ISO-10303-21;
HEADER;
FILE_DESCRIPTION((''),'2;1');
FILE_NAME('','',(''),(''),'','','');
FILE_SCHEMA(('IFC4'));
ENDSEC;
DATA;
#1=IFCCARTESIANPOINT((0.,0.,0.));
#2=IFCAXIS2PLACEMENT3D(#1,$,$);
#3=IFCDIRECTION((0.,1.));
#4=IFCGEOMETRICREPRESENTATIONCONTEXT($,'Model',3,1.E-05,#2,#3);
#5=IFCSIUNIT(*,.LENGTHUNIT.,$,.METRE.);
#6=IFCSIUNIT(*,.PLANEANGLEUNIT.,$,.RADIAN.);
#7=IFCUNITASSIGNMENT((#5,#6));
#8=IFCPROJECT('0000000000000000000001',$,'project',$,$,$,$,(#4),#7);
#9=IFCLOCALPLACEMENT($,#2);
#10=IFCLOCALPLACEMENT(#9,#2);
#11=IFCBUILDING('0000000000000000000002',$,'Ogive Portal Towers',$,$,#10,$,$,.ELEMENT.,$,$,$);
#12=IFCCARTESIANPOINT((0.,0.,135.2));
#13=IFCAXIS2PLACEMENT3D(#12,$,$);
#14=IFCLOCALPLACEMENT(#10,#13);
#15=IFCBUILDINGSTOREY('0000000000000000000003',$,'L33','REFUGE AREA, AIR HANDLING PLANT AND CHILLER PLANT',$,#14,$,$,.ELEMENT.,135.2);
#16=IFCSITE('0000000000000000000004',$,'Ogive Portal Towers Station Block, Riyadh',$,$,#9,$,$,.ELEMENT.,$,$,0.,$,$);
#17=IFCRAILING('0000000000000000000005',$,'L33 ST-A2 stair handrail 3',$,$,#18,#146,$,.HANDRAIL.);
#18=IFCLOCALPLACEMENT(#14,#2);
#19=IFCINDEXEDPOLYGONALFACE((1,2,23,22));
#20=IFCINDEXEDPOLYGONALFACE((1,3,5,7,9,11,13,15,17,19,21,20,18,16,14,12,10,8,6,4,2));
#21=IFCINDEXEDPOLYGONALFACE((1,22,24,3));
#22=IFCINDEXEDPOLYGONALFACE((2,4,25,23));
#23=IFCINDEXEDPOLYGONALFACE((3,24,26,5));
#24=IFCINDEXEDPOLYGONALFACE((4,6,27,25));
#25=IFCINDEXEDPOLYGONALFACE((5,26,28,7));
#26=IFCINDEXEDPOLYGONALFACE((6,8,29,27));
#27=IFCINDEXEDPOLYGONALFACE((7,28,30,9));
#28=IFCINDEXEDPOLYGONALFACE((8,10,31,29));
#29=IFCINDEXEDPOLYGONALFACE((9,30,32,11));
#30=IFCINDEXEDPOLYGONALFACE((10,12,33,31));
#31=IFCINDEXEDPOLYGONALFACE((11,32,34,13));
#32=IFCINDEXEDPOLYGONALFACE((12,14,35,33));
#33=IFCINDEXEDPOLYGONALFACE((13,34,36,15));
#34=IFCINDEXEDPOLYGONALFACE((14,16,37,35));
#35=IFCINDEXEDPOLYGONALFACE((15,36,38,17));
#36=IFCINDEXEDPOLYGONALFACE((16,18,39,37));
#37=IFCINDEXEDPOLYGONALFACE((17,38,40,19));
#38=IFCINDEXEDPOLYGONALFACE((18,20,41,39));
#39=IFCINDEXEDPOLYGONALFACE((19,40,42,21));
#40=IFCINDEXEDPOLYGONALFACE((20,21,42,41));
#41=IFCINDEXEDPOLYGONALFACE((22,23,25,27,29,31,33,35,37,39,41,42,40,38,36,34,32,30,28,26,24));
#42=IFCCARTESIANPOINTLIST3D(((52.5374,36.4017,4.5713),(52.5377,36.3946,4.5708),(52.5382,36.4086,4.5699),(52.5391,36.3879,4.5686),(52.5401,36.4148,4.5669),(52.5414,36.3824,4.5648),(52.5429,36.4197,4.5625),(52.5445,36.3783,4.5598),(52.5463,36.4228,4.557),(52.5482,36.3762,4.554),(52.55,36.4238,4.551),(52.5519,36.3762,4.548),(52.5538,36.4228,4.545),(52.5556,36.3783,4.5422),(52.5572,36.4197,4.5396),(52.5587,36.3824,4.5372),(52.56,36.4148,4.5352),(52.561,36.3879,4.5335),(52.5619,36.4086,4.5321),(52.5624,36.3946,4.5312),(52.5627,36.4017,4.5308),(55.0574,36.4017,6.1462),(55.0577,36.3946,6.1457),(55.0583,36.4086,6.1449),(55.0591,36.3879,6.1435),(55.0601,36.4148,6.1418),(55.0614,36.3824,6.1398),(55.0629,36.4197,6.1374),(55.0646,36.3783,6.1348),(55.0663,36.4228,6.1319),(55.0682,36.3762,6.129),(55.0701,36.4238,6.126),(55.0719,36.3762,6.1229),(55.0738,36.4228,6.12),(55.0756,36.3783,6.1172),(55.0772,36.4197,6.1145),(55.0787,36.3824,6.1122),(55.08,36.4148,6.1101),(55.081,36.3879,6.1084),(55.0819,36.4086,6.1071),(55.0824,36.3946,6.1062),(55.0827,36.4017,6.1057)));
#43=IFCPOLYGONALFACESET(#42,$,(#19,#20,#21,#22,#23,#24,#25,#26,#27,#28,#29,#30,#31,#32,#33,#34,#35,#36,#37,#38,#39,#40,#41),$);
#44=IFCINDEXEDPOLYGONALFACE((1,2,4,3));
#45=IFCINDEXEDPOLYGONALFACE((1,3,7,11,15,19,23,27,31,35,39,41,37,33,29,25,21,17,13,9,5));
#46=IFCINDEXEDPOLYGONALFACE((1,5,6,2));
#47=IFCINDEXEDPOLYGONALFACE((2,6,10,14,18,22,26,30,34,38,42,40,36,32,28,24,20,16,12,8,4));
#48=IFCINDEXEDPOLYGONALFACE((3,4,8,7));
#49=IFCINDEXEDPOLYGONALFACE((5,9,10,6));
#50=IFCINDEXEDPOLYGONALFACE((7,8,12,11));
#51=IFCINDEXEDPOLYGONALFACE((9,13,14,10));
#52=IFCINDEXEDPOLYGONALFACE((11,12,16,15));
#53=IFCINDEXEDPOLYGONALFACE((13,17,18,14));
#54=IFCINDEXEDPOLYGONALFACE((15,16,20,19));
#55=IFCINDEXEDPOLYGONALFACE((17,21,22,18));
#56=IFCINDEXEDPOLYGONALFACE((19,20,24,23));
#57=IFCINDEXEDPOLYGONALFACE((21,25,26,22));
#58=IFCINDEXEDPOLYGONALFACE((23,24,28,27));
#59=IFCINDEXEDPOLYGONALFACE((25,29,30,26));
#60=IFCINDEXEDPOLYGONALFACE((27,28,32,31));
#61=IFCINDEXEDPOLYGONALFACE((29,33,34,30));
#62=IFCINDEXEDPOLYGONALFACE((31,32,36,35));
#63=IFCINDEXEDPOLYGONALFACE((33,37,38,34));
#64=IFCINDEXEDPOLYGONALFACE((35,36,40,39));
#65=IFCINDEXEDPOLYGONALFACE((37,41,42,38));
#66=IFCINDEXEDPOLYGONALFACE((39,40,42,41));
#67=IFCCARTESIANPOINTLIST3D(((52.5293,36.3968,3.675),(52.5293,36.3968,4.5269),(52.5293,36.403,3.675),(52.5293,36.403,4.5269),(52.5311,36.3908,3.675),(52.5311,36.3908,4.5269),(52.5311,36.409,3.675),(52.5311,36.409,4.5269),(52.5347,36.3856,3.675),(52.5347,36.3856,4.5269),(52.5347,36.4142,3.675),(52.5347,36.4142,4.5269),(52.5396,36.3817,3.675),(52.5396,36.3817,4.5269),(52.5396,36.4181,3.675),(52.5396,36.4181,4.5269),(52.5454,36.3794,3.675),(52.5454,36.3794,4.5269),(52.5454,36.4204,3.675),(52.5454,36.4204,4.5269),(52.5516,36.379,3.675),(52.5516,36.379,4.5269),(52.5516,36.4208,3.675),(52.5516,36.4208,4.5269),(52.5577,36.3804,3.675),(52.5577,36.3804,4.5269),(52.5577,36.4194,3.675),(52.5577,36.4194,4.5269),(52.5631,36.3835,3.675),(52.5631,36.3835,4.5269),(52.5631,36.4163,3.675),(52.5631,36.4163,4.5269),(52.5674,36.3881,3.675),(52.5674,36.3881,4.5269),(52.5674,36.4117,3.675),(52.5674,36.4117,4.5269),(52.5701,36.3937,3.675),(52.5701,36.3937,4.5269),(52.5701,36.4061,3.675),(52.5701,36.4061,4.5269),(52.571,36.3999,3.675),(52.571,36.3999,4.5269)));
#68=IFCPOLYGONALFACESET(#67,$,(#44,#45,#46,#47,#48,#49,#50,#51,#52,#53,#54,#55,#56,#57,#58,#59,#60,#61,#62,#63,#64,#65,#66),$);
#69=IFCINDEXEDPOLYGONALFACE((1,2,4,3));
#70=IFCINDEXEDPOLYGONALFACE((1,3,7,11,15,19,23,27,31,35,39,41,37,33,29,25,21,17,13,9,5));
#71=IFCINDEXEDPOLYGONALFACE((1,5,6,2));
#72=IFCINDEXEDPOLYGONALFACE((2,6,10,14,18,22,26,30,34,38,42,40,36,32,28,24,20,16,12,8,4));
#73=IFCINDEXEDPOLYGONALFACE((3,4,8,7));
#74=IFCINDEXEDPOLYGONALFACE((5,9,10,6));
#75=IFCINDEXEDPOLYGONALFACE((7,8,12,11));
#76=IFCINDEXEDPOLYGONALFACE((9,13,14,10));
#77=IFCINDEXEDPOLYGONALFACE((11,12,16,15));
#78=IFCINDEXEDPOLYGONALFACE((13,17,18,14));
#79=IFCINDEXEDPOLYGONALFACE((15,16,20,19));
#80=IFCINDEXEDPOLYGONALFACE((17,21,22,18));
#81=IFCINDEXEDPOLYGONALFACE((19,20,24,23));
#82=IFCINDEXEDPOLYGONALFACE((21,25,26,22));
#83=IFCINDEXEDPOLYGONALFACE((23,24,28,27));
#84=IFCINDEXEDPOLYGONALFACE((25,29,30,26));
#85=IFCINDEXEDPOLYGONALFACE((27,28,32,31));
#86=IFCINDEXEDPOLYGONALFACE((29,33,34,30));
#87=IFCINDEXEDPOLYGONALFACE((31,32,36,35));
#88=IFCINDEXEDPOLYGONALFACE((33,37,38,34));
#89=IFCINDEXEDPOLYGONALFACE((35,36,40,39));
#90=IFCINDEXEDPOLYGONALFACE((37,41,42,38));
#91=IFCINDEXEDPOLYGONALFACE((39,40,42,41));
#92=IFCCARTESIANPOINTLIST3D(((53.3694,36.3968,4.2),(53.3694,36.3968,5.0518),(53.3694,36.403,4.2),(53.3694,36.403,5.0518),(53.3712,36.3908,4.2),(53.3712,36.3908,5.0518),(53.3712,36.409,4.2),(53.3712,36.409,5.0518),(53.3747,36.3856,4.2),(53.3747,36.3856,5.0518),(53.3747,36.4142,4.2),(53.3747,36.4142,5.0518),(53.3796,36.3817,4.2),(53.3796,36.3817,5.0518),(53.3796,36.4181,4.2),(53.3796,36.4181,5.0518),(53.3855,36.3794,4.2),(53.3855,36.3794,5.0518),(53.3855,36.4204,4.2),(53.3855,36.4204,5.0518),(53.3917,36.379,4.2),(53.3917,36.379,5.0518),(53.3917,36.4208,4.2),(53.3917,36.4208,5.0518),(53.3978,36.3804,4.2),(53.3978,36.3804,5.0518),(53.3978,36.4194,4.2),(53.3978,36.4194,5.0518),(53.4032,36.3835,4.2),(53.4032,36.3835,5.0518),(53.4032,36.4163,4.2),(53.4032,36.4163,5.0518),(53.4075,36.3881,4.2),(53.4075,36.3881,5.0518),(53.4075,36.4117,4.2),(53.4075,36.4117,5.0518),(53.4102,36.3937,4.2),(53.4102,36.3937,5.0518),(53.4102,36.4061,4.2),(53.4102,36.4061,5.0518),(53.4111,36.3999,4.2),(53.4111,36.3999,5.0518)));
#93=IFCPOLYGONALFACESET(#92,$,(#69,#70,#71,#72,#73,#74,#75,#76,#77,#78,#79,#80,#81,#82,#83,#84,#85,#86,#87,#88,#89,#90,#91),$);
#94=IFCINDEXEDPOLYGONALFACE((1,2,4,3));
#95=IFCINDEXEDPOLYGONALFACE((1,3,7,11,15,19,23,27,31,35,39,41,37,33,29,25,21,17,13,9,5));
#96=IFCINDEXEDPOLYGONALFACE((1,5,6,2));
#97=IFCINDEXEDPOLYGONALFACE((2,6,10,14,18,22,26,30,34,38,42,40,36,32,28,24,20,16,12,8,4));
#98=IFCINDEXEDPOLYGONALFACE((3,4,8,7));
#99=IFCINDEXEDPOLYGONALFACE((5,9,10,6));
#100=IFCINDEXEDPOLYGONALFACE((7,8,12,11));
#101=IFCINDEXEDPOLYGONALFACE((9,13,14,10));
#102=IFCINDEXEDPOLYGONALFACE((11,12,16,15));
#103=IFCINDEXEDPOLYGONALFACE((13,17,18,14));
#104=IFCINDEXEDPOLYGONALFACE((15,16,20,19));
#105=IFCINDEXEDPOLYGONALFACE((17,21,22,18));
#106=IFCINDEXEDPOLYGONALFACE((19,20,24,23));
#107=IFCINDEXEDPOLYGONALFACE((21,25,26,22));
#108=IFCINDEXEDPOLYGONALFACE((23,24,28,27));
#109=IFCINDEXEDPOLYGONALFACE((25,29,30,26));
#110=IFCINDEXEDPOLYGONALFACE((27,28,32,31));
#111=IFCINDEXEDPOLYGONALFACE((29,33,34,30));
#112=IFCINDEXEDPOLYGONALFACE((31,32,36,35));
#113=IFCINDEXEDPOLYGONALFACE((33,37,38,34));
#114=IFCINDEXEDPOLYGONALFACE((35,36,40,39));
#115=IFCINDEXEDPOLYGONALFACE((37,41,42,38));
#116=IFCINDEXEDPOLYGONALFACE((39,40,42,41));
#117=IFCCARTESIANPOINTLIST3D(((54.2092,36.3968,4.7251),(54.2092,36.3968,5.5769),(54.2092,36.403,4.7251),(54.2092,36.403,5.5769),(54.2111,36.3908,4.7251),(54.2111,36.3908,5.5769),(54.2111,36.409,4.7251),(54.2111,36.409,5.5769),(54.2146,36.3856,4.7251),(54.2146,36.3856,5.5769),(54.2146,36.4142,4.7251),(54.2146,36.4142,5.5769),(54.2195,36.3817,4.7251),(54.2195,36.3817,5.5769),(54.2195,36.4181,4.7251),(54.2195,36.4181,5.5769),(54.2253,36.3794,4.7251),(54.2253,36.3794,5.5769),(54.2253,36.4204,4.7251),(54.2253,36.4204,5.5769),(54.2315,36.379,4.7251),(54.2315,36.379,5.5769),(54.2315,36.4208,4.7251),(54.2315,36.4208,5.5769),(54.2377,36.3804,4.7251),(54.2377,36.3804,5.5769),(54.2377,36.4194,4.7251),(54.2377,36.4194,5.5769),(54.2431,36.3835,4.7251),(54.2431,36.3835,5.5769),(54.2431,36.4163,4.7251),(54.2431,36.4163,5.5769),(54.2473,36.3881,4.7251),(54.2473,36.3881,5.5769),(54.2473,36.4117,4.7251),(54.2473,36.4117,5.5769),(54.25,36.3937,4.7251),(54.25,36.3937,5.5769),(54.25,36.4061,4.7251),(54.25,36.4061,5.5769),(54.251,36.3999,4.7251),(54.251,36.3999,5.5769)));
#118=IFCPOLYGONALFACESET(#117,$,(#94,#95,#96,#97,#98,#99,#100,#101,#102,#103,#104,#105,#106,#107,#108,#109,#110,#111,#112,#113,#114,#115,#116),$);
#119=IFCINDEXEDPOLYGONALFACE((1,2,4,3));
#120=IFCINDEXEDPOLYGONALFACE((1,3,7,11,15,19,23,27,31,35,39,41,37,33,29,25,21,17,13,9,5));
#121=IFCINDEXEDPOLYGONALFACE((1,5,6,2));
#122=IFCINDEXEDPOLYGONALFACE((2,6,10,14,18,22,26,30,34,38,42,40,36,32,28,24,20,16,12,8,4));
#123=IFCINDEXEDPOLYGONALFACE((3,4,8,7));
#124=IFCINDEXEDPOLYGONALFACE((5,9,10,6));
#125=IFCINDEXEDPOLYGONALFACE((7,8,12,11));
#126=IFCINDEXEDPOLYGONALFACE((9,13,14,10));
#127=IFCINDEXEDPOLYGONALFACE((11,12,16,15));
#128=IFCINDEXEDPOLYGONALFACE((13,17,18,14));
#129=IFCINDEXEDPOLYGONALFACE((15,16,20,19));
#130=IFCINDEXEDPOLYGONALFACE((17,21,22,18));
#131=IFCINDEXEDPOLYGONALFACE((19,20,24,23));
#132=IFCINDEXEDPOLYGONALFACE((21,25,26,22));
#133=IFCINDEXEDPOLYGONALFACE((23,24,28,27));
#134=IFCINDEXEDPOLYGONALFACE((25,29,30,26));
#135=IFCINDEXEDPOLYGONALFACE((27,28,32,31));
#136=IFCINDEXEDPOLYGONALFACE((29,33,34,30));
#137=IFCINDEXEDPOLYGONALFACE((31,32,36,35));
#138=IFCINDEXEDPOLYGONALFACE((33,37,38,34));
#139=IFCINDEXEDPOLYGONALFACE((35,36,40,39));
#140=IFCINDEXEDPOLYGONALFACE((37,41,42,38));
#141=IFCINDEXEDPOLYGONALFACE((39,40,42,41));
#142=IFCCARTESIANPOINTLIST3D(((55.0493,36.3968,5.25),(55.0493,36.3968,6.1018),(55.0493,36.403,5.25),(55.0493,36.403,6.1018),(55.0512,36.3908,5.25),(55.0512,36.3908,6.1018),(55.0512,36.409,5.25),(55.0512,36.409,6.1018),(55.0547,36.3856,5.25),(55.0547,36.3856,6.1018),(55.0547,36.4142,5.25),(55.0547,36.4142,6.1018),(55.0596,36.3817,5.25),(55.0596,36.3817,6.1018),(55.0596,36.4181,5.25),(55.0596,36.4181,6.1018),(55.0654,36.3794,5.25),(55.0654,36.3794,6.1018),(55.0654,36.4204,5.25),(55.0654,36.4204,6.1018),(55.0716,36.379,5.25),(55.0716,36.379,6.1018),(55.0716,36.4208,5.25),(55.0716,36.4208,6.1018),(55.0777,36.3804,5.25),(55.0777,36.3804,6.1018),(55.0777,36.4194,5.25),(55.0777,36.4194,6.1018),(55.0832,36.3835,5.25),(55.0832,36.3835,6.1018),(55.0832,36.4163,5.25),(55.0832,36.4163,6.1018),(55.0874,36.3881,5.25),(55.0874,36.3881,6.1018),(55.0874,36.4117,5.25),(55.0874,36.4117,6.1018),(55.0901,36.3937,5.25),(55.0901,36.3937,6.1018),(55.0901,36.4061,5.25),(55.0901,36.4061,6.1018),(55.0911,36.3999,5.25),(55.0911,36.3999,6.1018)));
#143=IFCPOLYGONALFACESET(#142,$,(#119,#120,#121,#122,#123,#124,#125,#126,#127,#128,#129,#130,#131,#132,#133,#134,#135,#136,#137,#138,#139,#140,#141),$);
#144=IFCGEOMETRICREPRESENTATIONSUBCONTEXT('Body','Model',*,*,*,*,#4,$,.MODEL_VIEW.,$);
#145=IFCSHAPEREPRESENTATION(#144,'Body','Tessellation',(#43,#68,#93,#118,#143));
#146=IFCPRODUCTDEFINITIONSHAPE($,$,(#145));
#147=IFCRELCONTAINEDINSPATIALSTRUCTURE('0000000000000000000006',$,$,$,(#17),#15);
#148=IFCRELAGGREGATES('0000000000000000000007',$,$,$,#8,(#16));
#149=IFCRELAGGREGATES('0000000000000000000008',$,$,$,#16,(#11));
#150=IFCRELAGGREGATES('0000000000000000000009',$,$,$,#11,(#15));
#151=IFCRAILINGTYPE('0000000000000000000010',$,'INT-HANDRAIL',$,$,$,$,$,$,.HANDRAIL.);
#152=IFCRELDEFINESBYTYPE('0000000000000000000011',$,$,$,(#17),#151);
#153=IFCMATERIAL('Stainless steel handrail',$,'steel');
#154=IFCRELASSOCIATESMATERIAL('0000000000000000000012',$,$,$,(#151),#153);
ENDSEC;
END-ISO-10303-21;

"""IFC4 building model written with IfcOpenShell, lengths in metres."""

from ifc_helpers import new_model, si_unit, direction, frame, origin, origin_2d, place, context, subcontext, project, spatial, circle, extrude, material, type_object, element, save


model = new_model("IFC4")

# Units and contexts
model_context = context("Model", 3, precision=1e-05, world=origin(), true_north=direction((0.0, 1.0)))
body_context = subcontext(model_context, "Body", "Model", "MODEL_VIEW")
ifc_project = project(units=[si_unit("LENGTHUNIT", "METRE"), si_unit("PLANEANGLEUNIT", "RADIAN")], contexts=[model_context])

# Site, building, storey
site_placement = place(None, origin())
site = spatial("IfcSite", under=ifc_project, at=site_placement, Name="Ogive Portal Towers Station Block, Riyadh", CompositionType="ELEMENT", RefElevation=0.0)
building_placement = place(site_placement, origin())
building = spatial("IfcBuilding", under=site, at=building_placement, Name="Ogive Portal Towers", CompositionType="ELEMENT")
storey_placement = place(building_placement, frame((0.0, 0.0, 135.2)))
storey = spatial("IfcBuildingStorey", under=building, at=storey_placement, Name="L33", Description="REFUGE AREA, AIR HANDLING PLANT AND CHILLER PLANT", CompositionType="ELEMENT", Elevation=135.2)

# Railing
ifc_material_1 = material(Name="Stainless steel handrail", Category="steel")
railing_type_1 = type_object("IfcRailingType", Name="INT-HANDRAIL", PredefinedType="HANDRAIL", material=ifc_material_1)
for number, where, name in (
    (1, (52.55, 36.3999, 3.675), "L33 ST-A2 stair handrail 3"),
):
    element("IfcRailing", number, at=place(storey_placement, frame(where)), inside=storey, type_object=railing_type_1, Name=name, PredefinedType="HANDRAIL", context=body_context, shape_type="SweptSolid", body=[
        extrude(circle(Radius=0.0239, at=origin_2d()), frame((0.0, 0.0, 0.876), z_axis=(0.848008, 0.0, 0.529984), x_axis=(0.0, 1.0, 0.0)), (0.0, 0.0, 1.0), 2.9717),
        extrude(circle(Radius=0.021, at=origin_2d()), origin(), (0.0, 0.0, 1.0), 0.8518),
        extrude(circle(Radius=0.021, at=origin_2d()), frame((0.8401, 0.0, 0.5249)), (0.0, 0.0, 1.0), 0.8518),
        extrude(circle(Radius=0.021, at=origin_2d()), frame((1.6799, 0.0, 1.05)), (0.0, 0.0, 1.0), 0.8518),
        extrude(circle(Radius=0.021, at=origin_2d()), frame((2.52, 0.0, 1.575)), (0.0, 0.0, 1.0), 0.8518),
    ])

save(model, "model.ifc")
